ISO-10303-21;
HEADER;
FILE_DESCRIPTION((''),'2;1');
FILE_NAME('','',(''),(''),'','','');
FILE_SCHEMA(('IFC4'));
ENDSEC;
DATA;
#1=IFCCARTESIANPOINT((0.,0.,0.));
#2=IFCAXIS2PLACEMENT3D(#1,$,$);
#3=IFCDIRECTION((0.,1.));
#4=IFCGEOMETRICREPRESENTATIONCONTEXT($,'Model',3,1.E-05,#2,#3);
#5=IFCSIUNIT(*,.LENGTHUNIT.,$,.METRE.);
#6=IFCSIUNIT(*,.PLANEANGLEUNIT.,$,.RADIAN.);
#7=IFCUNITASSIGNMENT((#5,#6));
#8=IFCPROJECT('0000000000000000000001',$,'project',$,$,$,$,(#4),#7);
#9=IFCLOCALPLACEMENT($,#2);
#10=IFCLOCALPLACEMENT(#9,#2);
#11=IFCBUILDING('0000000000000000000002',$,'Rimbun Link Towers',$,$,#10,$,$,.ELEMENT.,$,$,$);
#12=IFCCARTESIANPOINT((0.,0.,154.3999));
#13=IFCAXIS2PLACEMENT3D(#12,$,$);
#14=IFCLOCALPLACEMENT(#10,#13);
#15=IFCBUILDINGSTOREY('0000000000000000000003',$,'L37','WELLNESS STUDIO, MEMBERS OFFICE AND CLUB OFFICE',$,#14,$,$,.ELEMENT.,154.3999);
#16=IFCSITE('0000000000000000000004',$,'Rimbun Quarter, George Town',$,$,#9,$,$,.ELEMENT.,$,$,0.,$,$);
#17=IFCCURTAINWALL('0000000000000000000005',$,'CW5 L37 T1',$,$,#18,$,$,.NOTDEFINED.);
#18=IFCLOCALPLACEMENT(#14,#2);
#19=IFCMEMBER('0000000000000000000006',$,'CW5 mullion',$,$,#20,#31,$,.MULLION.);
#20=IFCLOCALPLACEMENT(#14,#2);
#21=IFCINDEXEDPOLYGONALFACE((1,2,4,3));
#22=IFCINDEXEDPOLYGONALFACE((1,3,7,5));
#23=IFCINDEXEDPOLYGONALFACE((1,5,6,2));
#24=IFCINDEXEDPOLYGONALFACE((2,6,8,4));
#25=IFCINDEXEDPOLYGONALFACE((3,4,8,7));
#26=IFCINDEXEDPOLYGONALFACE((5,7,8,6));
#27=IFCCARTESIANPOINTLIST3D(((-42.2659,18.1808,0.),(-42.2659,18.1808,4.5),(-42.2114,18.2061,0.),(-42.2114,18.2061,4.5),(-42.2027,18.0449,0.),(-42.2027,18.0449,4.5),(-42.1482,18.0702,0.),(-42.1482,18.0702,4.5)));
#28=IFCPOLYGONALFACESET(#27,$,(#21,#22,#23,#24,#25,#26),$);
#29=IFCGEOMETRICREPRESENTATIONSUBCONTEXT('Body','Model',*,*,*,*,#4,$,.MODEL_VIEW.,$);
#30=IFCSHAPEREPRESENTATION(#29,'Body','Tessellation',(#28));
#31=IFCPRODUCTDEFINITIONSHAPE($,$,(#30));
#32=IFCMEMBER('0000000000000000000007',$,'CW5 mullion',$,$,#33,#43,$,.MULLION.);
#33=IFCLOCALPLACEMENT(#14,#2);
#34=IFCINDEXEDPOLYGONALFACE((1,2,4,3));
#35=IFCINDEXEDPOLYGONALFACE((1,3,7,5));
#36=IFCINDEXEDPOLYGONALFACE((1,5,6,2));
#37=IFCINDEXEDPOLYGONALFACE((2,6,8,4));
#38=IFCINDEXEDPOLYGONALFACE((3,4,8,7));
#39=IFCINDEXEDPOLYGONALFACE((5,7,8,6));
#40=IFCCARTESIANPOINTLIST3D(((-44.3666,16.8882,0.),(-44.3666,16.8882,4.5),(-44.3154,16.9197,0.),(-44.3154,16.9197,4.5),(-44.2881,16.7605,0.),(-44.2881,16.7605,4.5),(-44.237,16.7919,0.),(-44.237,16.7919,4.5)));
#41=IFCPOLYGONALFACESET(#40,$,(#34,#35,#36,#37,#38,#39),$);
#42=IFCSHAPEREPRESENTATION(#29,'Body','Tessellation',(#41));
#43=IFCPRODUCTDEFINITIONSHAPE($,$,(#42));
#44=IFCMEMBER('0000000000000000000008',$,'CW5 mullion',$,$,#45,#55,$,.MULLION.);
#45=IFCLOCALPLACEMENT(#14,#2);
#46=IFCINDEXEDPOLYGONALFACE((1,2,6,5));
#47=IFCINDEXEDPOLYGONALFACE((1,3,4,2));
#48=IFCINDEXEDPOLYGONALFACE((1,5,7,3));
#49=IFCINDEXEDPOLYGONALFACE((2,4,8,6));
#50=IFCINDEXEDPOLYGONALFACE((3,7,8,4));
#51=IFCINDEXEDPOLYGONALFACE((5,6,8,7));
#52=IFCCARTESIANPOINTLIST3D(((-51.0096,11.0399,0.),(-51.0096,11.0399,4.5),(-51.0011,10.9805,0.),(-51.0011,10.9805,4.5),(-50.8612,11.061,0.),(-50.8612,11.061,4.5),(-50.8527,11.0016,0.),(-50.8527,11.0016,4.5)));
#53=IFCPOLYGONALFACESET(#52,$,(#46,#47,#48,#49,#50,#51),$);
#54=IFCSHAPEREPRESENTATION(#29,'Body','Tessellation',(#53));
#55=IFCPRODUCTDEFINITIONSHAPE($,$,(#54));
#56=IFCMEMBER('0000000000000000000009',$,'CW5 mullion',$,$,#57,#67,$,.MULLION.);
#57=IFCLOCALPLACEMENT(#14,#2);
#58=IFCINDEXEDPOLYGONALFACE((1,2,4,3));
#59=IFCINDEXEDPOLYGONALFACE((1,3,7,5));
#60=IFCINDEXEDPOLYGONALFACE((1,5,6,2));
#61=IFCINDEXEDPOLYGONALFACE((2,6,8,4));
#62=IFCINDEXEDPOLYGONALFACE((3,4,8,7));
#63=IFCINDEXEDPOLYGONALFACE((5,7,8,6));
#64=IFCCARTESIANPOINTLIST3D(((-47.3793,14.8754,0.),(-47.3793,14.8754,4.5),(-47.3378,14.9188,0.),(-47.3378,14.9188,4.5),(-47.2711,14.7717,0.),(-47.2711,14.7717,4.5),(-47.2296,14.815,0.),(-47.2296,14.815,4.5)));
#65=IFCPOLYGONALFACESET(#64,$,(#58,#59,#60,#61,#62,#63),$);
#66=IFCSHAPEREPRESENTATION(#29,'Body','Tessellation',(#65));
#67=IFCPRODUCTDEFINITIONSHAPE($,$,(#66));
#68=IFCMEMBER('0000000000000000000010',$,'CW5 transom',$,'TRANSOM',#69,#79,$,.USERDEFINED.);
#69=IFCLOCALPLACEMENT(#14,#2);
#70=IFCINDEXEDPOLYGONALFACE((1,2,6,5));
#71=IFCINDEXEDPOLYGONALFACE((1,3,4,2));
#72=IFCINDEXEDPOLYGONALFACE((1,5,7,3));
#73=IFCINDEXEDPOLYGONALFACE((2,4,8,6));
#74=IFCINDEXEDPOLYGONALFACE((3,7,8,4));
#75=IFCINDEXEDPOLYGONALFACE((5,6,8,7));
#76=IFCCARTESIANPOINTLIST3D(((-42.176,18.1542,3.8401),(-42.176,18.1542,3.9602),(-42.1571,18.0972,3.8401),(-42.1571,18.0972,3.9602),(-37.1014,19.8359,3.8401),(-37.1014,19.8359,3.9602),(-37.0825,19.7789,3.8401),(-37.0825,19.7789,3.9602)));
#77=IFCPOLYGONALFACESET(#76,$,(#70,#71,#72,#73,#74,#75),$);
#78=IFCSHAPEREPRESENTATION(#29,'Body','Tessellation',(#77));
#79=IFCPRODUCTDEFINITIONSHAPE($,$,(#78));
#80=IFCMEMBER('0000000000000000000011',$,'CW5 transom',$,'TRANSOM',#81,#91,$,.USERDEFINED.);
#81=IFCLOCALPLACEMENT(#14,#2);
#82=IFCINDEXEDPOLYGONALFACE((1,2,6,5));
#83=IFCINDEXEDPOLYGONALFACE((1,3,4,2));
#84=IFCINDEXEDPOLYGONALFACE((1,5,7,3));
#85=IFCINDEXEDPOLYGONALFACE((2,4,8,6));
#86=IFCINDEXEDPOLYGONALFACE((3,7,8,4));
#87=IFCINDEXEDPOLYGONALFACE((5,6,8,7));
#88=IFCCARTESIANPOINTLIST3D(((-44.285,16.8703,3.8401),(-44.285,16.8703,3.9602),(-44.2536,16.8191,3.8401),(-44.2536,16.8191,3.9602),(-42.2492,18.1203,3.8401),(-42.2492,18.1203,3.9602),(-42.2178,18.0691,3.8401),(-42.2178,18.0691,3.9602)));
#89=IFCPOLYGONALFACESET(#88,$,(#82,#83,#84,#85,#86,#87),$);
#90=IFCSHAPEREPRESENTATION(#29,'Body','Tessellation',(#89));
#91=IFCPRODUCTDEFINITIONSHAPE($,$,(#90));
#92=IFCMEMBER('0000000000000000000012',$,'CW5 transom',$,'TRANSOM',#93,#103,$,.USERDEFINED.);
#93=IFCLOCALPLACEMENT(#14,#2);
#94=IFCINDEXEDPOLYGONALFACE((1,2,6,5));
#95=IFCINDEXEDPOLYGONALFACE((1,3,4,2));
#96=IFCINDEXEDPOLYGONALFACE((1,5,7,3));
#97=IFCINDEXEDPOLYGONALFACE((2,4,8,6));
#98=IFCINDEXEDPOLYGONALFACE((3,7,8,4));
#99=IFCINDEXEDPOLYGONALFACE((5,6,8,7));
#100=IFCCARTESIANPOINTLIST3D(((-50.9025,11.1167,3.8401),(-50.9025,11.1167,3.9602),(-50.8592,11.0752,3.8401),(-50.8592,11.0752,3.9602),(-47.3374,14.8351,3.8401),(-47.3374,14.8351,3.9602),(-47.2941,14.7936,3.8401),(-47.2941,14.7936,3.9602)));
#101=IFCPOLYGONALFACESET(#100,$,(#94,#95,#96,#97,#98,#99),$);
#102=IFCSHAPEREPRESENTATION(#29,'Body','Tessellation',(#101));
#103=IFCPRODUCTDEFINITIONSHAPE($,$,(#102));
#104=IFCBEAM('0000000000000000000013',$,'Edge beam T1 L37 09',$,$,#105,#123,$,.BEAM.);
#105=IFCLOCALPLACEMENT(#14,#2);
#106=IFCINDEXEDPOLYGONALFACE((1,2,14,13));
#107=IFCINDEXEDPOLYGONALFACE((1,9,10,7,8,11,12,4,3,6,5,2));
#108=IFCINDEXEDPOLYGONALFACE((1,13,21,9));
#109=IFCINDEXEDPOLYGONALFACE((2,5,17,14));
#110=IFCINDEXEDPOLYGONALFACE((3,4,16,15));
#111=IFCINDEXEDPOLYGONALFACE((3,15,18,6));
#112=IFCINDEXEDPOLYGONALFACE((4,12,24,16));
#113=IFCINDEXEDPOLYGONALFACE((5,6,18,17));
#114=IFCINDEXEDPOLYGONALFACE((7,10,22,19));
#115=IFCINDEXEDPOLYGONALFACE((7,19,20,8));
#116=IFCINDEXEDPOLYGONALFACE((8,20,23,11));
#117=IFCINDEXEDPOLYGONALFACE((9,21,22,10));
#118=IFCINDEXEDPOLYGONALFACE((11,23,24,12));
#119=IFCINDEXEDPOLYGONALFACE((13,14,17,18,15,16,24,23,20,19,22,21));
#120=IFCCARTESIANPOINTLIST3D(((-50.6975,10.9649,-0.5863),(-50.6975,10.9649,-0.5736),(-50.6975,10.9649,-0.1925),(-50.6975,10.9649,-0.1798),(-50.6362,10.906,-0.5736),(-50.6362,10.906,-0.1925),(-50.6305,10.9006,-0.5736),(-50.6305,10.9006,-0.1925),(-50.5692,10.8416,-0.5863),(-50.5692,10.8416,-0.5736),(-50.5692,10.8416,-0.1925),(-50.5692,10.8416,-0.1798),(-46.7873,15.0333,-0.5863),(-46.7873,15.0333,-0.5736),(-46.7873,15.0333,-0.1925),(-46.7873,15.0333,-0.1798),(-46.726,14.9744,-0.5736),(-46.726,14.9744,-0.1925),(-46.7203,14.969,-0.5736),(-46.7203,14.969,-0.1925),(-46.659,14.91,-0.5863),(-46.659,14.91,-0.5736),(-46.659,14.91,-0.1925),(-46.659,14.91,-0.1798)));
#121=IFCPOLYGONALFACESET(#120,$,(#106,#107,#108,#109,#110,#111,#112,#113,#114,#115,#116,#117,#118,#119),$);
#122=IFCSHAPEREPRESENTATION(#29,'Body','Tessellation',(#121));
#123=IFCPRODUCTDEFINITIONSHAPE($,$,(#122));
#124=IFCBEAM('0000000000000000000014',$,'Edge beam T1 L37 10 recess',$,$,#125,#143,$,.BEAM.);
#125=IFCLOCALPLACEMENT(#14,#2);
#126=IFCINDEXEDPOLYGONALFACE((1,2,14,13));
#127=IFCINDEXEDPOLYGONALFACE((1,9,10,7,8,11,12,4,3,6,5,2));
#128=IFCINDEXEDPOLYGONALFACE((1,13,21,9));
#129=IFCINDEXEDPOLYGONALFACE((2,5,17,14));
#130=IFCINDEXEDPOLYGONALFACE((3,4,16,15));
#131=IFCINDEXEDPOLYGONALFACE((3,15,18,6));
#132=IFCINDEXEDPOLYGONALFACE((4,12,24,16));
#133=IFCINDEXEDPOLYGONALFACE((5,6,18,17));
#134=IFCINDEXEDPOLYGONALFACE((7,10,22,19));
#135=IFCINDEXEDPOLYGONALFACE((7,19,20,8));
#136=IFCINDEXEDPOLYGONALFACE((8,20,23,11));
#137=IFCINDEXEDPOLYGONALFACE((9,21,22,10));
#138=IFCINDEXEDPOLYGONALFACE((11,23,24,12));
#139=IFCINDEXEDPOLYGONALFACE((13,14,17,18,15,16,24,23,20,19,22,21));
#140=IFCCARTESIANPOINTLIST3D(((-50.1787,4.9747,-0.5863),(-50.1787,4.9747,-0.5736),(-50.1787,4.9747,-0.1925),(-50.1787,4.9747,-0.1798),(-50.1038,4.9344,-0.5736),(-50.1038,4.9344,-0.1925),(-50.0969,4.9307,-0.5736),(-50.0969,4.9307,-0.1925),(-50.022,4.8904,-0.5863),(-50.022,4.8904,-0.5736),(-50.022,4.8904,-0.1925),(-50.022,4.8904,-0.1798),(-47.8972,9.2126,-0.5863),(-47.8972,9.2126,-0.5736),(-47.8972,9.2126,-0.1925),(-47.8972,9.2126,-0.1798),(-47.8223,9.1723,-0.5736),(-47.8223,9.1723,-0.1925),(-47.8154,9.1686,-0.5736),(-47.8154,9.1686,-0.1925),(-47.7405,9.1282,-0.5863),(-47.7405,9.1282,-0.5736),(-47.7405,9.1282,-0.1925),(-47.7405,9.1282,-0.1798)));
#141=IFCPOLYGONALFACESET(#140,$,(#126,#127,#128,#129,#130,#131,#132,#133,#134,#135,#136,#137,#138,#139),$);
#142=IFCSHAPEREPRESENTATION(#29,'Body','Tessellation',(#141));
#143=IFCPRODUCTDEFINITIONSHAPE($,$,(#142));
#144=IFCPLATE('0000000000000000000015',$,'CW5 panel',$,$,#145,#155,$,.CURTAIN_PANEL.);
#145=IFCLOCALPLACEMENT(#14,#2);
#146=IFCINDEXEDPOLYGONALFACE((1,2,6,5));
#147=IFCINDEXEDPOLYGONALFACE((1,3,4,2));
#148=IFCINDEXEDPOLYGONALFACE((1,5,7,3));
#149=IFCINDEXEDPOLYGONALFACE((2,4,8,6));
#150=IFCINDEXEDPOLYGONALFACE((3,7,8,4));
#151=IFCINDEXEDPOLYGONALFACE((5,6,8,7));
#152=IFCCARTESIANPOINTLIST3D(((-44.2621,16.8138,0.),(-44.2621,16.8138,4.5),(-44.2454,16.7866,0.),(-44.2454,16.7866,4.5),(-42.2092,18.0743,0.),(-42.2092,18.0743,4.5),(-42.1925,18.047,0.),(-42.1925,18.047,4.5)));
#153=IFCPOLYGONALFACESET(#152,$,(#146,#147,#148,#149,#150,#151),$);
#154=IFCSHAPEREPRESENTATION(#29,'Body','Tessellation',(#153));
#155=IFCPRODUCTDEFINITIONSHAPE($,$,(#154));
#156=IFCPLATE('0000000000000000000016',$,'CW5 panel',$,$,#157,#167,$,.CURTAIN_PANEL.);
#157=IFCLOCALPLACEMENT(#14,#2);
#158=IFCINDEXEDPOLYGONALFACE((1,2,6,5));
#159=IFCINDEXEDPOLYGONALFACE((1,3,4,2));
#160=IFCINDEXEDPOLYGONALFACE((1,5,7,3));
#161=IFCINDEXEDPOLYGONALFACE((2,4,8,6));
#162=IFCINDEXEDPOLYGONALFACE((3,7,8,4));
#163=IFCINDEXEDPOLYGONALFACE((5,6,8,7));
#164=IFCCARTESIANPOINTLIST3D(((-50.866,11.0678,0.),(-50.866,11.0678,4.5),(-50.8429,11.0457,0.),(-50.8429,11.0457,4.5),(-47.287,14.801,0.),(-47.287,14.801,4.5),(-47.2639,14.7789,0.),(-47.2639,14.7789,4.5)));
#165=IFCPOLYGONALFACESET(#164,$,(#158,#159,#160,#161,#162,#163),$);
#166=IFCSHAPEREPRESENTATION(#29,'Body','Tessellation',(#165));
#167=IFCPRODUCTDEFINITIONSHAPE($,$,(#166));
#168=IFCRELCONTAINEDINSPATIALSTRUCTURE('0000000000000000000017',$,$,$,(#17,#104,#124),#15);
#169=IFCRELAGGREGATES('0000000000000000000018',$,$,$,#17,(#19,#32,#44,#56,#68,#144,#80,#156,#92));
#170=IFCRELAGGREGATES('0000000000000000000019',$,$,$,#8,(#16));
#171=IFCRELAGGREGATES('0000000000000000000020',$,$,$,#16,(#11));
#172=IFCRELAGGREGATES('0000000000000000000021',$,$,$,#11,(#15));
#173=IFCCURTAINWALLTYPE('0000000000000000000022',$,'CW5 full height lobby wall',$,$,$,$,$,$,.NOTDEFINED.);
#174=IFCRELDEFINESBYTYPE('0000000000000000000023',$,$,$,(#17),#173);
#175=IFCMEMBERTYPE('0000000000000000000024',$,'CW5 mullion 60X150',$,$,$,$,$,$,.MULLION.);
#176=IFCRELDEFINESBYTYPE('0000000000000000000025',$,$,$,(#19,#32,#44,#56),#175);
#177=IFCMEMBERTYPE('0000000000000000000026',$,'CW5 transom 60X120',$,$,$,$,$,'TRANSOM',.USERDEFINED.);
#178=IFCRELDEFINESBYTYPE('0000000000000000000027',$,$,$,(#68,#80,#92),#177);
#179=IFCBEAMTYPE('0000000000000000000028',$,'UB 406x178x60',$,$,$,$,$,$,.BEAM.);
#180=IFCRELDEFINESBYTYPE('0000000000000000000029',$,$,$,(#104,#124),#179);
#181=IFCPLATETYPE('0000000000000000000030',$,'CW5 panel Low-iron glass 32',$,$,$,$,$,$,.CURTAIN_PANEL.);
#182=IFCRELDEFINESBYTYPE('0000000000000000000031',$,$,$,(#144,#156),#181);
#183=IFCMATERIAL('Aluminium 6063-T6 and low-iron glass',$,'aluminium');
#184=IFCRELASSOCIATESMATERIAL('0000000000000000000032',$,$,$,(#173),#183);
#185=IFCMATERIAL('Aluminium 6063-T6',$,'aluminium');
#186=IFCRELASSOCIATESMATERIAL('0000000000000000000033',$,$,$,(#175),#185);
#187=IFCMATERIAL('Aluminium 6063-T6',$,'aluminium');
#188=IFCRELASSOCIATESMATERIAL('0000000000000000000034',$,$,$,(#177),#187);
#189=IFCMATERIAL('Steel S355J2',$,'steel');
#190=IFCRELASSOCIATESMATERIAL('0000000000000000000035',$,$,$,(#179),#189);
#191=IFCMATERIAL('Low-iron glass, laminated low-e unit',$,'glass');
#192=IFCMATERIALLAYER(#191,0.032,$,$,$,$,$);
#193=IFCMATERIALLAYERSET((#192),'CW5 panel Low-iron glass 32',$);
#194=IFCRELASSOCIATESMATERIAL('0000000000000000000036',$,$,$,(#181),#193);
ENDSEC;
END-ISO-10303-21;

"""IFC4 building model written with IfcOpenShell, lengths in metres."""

from ifc_helpers import new_model, si_unit, direction, frame, origin, origin_2d, place, context, subcontext, project, spatial, rectangle, i_section, extrude, material, layer, layer_set, material_profile, profile_set, type_object, element, aggregate, save


model = new_model("IFC4")

# Units and contexts
model_context = context("Model", 3, precision=1e-05, world=origin(), true_north=direction((0.0, 1.0)))
body_context = subcontext(model_context, "Body", "Model", "MODEL_VIEW")
ifc_project = project(units=[si_unit("LENGTHUNIT", "METRE"), si_unit("PLANEANGLEUNIT", "RADIAN")], contexts=[model_context])

# Site, building, storey
site_placement = place(None, origin())
site = spatial("IfcSite", under=ifc_project, at=site_placement, Name="Rimbun Quarter, George Town", CompositionType="ELEMENT", RefElevation=0.0)
building_placement = place(site_placement, origin())
building = spatial("IfcBuilding", under=site, at=building_placement, Name="Rimbun Link Towers", CompositionType="ELEMENT")
storey_placement = place(building_placement, frame((0.0, 0.0, 154.3999)))
storey = spatial("IfcBuildingStorey", under=building, at=storey_placement, Name="L37", Description="WELLNESS STUDIO, MEMBERS OFFICE AND CLUB OFFICE", CompositionType="ELEMENT", Elevation=154.3999)

# Curtain wall, members
ifc_material_1 = material(Name="Aluminium 6063-T6 and low-iron glass", Category="aluminium")
curtain_wall_type = type_object("IfcCurtainWallType", Name="CW5 full height lobby wall", PredefinedType="NOTDEFINED", material=ifc_material_1)
curtain_wall_placement = place(storey_placement, origin())
curtain_wall = element("IfcCurtainWall", 1, at=curtain_wall_placement, inside=storey, type_object=curtain_wall_type, Name="CW5 L37 T1", PredefinedType="NOTDEFINED")
ifc_material_2 = material(Name="Aluminium 6063-T6", Category="aluminium")
ifc_material_profile_1 = material_profile(ifc_material_2, rectangle(XDim=0.1499, YDim=0.0601, at=origin_2d()), Name="MULLION 60X150")
ifc_profile_set_1 = profile_set([ifc_material_profile_1], Name="Aluminium 6063-T6")
member_type_1 = type_object("IfcMemberType", Name="CW5 mullion 60X150", PredefinedType="MULLION", material=ifc_profile_set_1)
member_1_placement = place(storey_placement, frame((-42.207, 18.1255, 0.0), z_axis=(0.0, 0.0, 1.0), x_axis=(-0.421697, 0.906737, 0.0)))
member_1 = element("IfcMember", 2, at=member_1_placement, type_object=member_type_1, Name="CW5 mullion", PredefinedType="MULLION", context=body_context, shape_type="SweptSolid", body=[
    extrude(rectangle(XDim=0.1499, YDim=0.0601, at=origin_2d()), origin(), (0.0, 0.0, 1.0), 4.5),
])
member_2_placement = place(storey_placement, frame((-44.3018, 16.8401, 0.0), z_axis=(0.0, 0.0, 1.0), x_axis=(-0.523225, 0.852194, 0.0)))
member_2 = element("IfcMember", 3, at=member_2_placement, type_object=member_type_1, Name="CW5 mullion", PredefinedType="MULLION", context=body_context, shape_type="SweptSolid", body=[
    extrude(rectangle(XDim=0.1499, YDim=0.0601, at=origin_2d()), origin(), (0.0, 0.0, 1.0), 4.5),
])
member_3_placement = place(storey_placement, frame((-50.9312, 11.0208, 0.0), z_axis=(0.0, 0.0, 1.0), x_axis=(-0.990015, -0.140965, 0.0)))
member_3 = element("IfcMember", 4, at=member_3_placement, type_object=member_type_1, Name="CW5 mullion", PredefinedType="MULLION", context=body_context, shape_type="SweptSolid", body=[
    extrude(rectangle(XDim=0.1499, YDim=0.0601, at=origin_2d()), origin(), (0.0, 0.0, 1.0), 4.5),
])
member_4_placement = place(storey_placement, frame((-47.3044, 14.8452, 0.0), z_axis=(0.0, 0.0, 1.0), x_axis=(-0.721858, 0.692041, 0.0)))
member_4 = element("IfcMember", 5, at=member_4_placement, type_object=member_type_1, Name="CW5 mullion", PredefinedType="MULLION", context=body_context, shape_type="SweptSolid", body=[
    extrude(rectangle(XDim=0.1499, YDim=0.0601, at=origin_2d()), origin(), (0.0, 0.0, 1.0), 4.5),
])
ifc_material_3 = material(Name="Aluminium 6063-T6", Category="aluminium")
ifc_material_profile_2 = material_profile(ifc_material_3, rectangle(XDim=0.0601, YDim=0.1201, at=origin_2d()), Name="TRANSOM 60X120")
ifc_profile_set_2 = profile_set([ifc_material_profile_2], Name="Aluminium 6063-T6")
member_type_2 = type_object("IfcMemberType", Name="CW5 transom 60X120", ElementType="TRANSOM", PredefinedType="USERDEFINED", material=ifc_profile_set_2)
member_5_placement = place(storey_placement, frame((-42.1665, 18.1257, 3.9001), z_axis=(0.949234, 0.314569, 0.0), x_axis=(-0.314569, 0.949234, 0.0)))
member_5 = element("IfcMember", 6, at=member_5_placement, type_object=member_type_2, Name="CW5 transom", ObjectType="TRANSOM", PredefinedType="USERDEFINED", context=body_context, shape_type="SweptSolid", body=[
    extrude(rectangle(XDim=0.0601, YDim=0.1201, at=origin_2d()), origin(), (0.0, 0.0, 1.0), 5.3459),
])
member_6_placement = place(storey_placement, frame((-44.2693, 16.8447, 3.9001), z_axis=(0.852191, 0.52323, 0.0), x_axis=(-0.52323, 0.852191, 0.0)))
member_6 = element("IfcMember", 7, at=member_6_placement, type_object=member_type_2, Name="CW5 transom", ObjectType="TRANSOM", PredefinedType="USERDEFINED", context=body_context, shape_type="SweptSolid", body=[
    extrude(rectangle(XDim=0.0601, YDim=0.1201, at=origin_2d()), origin(), (0.0, 0.0, 1.0), 2.3889),
])
member_7_placement = place(storey_placement, frame((-50.8809, 11.0959, 3.9001), z_axis=(0.692069, 0.721831, 0.0), x_axis=(-0.721831, 0.692069, 0.0)))
member_7 = element("IfcMember", 8, at=member_7_placement, type_object=member_type_2, Name="CW5 transom", ObjectType="TRANSOM", PredefinedType="USERDEFINED", context=body_context, shape_type="SweptSolid", body=[
    extrude(rectangle(XDim=0.0601, YDim=0.1201, at=origin_2d()), origin(), (0.0, 0.0, 1.0), 5.1514),
])

# Beams
ifc_material_4 = material(Name="Steel S355J2", Category="steel")
ifc_material_profile_3 = material_profile(ifc_material_4, i_section(OverallWidth=0.178, OverallDepth=0.4065, WebThickness=0.0078, FlangeThickness=0.0127, at=origin_2d()), Name="UB 406x178x60")
ifc_profile_set_3 = profile_set([ifc_material_profile_3], Name="Steel S355J2")
beam_type = type_object("IfcBeamType", Name="UB 406x178x60", PredefinedType="BEAM", material=ifc_profile_set_3)
beam_1_placement = place(storey_placement, frame((-46.7231, 14.9717, -0.3831), z_axis=(-0.69295, -0.720986, 0.0), x_axis=(0.720986, -0.69295, 0.0)))
element("IfcBeam", 9, at=beam_1_placement, inside=storey, type_object=beam_type, Name="Edge beam T1 L37 09", PredefinedType="BEAM", context=body_context, shape_type="SweptSolid", body=[
    extrude(i_section(OverallWidth=0.178, OverallDepth=0.4065, WebThickness=0.0078, FlangeThickness=0.0127, at=origin_2d()), origin(), (0.0, 0.0, 1.0), 5.6428),
])
beam_2_placement = place(storey_placement, frame((-47.8188, 9.1704, -0.3831), z_axis=(-0.474036, -0.880505, 0.0), x_axis=(0.880505, -0.474036, 0.0)))
element("IfcBeam", 10, at=beam_2_placement, inside=storey, type_object=beam_type, Name="Edge beam T1 L37 10 recess", PredefinedType="BEAM", context=body_context, shape_type="SweptSolid", body=[
    extrude(i_section(OverallWidth=0.178, OverallDepth=0.4065, WebThickness=0.0078, FlangeThickness=0.0127, at=origin_2d()), origin(), (0.0, 0.0, 1.0), 4.813),
])

# Plates
ifc_material_5 = material(Name="Low-iron glass, laminated low-e unit", Category="glass")
ifc_layer_1 = layer(ifc_material_5, 0.032)
ifc_layer_set_1 = layer_set([ifc_layer_1], Name="CW5 panel Low-iron glass 32")
plate_type = type_object("IfcPlateType", Name="CW5 panel Low-iron glass 32", PredefinedType="CURTAIN_PANEL", material=ifc_layer_set_1)
plate_1_placement = place(storey_placement, frame((-43.2273, 17.4304, 0.0), z_axis=(0.0, 0.0, 1.0), x_axis=(0.852194, 0.523225, 0.0)))
plate_1 = element("IfcPlate", 11, at=plate_1_placement, type_object=plate_type, Name="CW5 panel", PredefinedType="CURTAIN_PANEL", context=body_context, shape_type="SweptSolid", body=[
    extrude(rectangle(XDim=2.4089, YDim=0.032, at=origin_2d()), origin(), (0.0, 0.0, 1.0), 4.5),
])
plate_2_placement = place(storey_placement, frame((-49.0649, 12.9233, 0.0), z_axis=(0.0, 0.0, 1.0), x_axis=(0.692041, 0.721858, 0.0)))
plate_2 = element("IfcPlate", 12, at=plate_2_placement, type_object=plate_type, Name="CW5 panel", PredefinedType="CURTAIN_PANEL", context=body_context, shape_type="SweptSolid", body=[
    extrude(rectangle(XDim=5.1716, YDim=0.032, at=origin_2d()), origin(), (0.0, 0.0, 1.0), 4.5),
])
aggregate(curtain_wall, [member_1, member_2, member_3, member_4, member_5, plate_1, member_6, plate_2, member_7])

save(model, "model.ifc")
